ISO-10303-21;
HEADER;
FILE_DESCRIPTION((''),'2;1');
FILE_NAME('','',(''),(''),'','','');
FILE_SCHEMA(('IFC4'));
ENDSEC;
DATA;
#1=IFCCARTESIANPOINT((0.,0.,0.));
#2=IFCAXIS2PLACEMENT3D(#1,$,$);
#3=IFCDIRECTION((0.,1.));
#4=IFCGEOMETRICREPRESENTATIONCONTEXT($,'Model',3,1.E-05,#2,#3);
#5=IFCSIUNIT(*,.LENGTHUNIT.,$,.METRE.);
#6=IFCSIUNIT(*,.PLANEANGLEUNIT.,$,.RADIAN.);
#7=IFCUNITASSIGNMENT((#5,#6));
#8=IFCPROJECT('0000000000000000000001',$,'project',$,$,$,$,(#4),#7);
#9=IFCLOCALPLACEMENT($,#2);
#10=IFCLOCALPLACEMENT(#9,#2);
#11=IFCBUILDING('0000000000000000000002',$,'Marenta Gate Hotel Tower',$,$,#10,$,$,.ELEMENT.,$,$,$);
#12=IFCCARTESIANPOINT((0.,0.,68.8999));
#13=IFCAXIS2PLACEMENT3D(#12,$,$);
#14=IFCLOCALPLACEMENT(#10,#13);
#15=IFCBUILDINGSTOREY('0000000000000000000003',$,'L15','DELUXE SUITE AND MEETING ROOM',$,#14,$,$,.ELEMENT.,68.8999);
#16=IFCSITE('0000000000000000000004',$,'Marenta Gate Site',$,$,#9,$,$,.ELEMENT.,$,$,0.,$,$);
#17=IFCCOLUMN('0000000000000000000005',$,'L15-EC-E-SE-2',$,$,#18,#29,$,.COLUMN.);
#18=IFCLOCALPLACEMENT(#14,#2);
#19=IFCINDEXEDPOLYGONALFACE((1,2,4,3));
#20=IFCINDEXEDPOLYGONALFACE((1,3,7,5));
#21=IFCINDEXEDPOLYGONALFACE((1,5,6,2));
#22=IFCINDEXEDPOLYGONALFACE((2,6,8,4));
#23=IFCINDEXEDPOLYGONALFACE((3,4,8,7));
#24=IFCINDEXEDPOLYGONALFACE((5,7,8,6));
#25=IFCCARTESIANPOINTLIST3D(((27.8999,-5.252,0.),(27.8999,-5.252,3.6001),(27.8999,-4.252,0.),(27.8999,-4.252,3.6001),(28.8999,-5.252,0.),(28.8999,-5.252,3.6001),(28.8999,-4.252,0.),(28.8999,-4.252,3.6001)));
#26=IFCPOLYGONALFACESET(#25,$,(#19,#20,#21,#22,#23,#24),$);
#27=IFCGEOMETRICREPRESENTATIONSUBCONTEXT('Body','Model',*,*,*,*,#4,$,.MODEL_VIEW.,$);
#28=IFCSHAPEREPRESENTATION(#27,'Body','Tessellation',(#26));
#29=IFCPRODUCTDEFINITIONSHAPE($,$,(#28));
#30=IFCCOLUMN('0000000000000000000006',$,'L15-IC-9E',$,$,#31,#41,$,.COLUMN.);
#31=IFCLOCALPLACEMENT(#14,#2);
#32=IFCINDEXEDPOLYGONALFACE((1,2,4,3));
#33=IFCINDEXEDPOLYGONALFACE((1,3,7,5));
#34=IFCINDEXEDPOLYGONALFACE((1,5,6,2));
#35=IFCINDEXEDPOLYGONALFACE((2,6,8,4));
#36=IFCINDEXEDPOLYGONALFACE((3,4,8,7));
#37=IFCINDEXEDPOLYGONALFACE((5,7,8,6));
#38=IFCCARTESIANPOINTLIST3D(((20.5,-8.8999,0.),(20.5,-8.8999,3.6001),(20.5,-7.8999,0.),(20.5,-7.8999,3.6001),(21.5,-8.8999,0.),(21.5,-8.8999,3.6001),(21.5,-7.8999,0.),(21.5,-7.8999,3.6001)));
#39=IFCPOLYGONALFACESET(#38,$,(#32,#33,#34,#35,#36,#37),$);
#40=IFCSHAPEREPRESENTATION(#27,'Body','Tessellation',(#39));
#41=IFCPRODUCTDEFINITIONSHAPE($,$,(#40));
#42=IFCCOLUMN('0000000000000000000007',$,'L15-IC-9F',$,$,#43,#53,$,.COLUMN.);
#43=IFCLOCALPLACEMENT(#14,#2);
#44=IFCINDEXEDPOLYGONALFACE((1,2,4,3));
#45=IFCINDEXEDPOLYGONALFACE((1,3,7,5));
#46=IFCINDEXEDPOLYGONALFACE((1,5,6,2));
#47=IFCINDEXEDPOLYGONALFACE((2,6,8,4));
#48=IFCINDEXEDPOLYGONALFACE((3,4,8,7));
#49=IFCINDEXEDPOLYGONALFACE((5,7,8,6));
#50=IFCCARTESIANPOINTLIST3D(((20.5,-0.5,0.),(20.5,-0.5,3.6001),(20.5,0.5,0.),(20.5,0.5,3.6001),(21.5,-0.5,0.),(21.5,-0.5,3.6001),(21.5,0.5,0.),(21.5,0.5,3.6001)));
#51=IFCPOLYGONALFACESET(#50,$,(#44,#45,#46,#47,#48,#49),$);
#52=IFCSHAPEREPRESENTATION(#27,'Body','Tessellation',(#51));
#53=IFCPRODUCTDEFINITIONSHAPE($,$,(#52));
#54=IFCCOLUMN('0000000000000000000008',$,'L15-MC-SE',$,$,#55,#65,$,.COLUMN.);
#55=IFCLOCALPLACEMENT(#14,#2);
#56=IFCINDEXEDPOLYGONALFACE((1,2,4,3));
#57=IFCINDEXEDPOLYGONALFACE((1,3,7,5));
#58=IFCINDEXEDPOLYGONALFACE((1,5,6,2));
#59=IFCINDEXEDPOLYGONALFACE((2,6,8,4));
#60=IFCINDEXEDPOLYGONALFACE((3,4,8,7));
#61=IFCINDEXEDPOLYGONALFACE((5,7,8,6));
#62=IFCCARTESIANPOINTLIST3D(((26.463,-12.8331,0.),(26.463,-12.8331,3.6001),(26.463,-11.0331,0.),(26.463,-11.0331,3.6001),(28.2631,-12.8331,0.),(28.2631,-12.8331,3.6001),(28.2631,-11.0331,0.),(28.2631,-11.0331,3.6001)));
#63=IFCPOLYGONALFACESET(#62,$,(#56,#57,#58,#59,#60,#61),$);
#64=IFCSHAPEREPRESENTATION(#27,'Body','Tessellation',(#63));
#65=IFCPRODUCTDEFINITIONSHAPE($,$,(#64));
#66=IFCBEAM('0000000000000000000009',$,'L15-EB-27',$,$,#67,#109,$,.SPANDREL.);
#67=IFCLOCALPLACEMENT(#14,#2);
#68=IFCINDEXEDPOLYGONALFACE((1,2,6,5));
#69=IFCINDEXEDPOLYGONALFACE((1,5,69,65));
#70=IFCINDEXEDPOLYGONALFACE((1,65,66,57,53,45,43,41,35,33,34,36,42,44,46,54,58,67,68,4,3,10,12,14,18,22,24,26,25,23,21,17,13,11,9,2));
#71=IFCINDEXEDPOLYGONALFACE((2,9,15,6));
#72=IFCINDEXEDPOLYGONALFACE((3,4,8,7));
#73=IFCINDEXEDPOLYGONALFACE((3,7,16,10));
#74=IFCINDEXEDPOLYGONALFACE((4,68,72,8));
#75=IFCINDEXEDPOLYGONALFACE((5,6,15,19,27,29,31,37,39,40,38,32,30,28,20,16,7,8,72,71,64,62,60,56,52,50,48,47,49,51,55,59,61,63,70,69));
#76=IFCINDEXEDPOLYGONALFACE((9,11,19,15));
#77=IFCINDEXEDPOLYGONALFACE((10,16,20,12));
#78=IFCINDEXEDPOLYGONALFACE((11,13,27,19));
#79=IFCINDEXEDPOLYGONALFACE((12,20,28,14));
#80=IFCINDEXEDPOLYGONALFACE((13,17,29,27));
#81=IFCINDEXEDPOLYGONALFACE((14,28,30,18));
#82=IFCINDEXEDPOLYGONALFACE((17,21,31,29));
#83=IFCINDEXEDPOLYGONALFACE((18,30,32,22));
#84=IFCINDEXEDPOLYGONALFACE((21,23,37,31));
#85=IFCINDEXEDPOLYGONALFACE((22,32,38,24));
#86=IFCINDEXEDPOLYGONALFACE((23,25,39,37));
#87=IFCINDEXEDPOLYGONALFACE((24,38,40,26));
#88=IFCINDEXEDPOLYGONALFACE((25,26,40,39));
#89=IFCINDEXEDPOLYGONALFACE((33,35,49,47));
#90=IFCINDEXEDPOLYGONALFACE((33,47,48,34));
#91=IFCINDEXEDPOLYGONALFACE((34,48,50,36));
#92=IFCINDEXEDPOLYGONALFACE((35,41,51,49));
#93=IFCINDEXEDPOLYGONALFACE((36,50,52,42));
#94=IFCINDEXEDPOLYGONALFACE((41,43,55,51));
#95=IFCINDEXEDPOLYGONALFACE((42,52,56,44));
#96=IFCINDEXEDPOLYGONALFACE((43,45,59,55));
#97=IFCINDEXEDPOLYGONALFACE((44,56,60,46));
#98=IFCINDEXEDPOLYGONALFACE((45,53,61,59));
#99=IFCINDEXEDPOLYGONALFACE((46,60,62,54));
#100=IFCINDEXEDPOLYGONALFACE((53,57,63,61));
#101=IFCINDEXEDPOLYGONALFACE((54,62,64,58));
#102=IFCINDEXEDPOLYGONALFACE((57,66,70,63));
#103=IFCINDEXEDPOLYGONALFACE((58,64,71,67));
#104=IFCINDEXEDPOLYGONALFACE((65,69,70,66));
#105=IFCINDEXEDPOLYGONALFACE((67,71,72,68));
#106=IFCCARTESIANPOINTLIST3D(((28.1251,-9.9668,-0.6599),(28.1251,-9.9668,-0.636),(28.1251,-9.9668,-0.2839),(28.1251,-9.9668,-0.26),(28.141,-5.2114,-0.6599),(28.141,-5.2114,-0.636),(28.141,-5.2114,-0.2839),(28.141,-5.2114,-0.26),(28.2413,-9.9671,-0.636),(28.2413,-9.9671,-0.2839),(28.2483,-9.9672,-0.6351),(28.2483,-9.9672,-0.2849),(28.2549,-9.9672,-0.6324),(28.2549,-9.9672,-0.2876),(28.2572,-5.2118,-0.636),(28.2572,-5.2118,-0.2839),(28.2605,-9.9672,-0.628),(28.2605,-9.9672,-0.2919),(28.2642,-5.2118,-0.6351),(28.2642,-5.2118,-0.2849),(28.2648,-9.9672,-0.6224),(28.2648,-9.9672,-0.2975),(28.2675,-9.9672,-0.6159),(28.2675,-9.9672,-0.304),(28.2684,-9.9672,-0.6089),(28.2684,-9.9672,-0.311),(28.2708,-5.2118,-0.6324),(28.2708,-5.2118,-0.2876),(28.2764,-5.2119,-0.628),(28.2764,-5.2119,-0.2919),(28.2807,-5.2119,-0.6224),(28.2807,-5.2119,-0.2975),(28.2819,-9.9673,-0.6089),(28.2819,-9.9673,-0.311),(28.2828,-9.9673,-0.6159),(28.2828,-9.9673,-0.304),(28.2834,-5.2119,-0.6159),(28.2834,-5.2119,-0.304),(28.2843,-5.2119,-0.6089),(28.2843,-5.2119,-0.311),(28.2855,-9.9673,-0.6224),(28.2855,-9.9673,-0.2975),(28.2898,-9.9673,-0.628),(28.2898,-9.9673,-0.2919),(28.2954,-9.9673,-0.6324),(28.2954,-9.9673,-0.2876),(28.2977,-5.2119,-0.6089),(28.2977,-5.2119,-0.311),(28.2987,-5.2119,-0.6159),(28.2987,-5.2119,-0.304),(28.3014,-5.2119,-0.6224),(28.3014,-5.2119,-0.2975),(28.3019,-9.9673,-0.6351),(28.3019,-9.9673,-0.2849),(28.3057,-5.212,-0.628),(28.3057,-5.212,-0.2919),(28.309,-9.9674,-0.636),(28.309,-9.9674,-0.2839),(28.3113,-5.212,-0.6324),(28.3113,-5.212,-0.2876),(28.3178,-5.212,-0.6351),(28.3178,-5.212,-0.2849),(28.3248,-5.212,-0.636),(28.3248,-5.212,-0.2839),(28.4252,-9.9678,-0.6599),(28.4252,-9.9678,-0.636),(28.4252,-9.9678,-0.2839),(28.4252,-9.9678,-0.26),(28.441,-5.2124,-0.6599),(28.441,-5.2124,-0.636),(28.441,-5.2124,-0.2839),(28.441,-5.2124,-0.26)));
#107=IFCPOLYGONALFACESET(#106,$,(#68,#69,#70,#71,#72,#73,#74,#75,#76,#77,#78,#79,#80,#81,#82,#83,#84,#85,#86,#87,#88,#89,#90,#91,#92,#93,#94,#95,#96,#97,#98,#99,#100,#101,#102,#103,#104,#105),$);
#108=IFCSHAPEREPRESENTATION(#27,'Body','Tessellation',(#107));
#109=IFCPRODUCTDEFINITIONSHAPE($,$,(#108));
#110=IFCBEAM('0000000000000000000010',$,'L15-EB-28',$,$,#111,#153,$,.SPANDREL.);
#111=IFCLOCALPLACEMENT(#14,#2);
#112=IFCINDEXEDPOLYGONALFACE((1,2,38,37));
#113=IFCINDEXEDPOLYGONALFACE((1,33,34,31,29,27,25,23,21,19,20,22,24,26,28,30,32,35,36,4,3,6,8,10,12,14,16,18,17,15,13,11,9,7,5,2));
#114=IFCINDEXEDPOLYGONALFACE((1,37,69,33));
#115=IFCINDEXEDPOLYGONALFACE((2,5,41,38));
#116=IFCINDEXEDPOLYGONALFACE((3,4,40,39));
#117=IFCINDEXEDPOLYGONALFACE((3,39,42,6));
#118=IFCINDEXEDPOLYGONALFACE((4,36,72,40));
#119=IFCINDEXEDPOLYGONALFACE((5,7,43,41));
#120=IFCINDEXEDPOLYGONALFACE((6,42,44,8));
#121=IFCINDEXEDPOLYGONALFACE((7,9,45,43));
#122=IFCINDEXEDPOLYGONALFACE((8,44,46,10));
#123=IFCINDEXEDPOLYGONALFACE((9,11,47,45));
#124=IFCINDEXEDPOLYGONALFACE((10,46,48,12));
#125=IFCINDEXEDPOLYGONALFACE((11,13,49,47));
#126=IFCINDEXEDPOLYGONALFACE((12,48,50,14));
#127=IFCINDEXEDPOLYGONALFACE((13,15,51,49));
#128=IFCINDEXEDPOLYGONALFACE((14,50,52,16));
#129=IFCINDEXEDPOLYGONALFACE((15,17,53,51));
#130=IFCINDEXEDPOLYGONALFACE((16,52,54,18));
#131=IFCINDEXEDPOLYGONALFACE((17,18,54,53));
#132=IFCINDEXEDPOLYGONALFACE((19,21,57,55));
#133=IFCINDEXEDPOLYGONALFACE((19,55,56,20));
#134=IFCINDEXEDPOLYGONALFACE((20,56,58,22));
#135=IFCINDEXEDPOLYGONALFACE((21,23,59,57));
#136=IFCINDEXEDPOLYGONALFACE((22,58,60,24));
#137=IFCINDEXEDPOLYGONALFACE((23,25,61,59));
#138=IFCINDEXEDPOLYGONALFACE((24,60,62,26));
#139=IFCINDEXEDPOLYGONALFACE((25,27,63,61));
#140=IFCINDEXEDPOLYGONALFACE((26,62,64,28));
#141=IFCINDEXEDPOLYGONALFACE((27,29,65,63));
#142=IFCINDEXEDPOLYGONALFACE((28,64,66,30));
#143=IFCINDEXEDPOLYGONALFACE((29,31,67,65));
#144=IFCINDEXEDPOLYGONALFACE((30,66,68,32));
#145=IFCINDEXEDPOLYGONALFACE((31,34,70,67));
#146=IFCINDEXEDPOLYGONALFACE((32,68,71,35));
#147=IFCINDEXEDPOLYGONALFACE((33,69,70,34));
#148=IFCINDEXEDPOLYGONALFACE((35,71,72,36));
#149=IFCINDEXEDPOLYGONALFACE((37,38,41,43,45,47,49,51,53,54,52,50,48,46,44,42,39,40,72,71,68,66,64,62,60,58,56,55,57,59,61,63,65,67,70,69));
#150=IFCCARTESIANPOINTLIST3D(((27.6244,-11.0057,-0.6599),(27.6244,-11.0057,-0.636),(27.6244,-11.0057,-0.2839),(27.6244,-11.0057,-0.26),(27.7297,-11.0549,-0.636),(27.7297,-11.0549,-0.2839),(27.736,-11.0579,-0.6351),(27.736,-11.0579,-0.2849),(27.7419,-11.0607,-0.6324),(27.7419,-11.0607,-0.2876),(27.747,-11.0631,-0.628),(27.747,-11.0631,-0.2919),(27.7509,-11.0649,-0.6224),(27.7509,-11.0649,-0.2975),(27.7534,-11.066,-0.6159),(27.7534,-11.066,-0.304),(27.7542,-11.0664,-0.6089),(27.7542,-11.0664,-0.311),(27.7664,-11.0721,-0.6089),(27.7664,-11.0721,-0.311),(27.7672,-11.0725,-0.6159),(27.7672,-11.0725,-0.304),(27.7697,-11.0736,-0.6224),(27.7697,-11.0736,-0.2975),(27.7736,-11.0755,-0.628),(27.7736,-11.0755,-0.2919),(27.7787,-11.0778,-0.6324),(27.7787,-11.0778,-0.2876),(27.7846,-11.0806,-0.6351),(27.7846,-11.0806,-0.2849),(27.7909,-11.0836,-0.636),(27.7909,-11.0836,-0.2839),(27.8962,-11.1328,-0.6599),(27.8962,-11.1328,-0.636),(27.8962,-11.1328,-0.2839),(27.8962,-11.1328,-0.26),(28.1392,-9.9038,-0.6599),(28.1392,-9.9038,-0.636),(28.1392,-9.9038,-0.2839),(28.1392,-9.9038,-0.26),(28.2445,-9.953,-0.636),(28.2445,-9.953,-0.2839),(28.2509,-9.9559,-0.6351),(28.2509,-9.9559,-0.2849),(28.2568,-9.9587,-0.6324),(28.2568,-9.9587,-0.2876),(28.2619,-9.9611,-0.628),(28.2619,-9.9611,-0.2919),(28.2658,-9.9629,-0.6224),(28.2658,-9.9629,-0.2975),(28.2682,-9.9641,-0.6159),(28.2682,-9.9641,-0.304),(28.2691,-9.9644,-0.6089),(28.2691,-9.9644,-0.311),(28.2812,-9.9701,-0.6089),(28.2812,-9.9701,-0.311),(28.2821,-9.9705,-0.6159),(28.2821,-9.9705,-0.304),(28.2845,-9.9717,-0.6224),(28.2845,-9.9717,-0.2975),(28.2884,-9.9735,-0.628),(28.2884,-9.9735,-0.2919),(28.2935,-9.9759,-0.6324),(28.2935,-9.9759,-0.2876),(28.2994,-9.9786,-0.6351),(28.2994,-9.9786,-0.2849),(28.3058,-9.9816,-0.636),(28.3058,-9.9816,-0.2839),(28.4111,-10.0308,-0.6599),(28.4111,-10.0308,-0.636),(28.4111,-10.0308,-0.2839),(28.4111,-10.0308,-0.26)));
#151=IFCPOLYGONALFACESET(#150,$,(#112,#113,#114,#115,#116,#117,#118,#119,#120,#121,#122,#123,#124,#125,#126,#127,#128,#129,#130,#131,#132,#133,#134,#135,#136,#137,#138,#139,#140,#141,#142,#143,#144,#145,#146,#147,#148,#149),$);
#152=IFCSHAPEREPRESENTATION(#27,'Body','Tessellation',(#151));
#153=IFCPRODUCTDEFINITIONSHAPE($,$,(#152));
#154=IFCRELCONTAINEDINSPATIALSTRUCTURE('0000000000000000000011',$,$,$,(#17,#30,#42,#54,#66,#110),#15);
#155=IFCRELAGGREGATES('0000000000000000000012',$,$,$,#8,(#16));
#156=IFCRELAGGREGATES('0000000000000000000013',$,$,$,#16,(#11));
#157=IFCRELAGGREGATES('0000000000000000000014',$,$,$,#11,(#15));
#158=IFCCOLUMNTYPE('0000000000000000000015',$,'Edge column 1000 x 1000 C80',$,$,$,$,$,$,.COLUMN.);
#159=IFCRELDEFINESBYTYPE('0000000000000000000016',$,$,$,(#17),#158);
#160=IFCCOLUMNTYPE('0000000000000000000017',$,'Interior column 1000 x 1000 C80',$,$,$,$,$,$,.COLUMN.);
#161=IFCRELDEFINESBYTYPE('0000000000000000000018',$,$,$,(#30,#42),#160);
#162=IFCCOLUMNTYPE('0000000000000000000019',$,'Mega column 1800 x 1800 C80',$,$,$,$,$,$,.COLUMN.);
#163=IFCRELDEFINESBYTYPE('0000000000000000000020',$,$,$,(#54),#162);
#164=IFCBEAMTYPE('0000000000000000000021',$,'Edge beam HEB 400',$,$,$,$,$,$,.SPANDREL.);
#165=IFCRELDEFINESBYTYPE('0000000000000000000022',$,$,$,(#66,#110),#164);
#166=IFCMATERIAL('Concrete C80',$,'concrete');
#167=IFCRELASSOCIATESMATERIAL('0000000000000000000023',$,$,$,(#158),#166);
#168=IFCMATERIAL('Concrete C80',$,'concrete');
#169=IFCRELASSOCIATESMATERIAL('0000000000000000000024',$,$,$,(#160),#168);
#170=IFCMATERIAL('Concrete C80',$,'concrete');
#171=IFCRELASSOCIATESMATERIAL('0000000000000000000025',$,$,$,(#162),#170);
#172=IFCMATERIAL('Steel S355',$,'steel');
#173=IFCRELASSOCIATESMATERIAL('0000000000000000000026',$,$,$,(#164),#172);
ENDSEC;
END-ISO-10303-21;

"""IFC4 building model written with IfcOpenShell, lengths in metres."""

from ifc_helpers import new_model, si_unit, direction, frame, origin, origin_2d, place, context, subcontext, project, spatial, rectangle, i_section, extrude, material, material_profile, profile_set, type_object, element, save


model = new_model("IFC4")

# Units and contexts
model_context = context("Model", 3, precision=1e-05, world=origin(), true_north=direction((0.0, 1.0)))
body_context = subcontext(model_context, "Body", "Model", "MODEL_VIEW")
ifc_project = project(units=[si_unit("LENGTHUNIT", "METRE"), si_unit("PLANEANGLEUNIT", "RADIAN")], contexts=[model_context])

# Site, building, storey
site_placement = place(None, origin())
site = spatial("IfcSite", under=ifc_project, at=site_placement, Name="Marenta Gate Site", CompositionType="ELEMENT", RefElevation=0.0)
building_placement = place(site_placement, origin())
building = spatial("IfcBuilding", under=site, at=building_placement, Name="Marenta Gate Hotel Tower", CompositionType="ELEMENT")
storey_placement = place(building_placement, frame((0.0, 0.0, 68.8999)))
storey = spatial("IfcBuildingStorey", under=building, at=storey_placement, Name="L15", Description="DELUXE SUITE AND MEETING ROOM", CompositionType="ELEMENT", Elevation=68.8999)

# Columns
ifc_material_1 = material(Name="Concrete C80", Category="concrete")
ifc_material_profile_1 = material_profile(ifc_material_1, rectangle(XDim=1.0, YDim=1.0, at=origin_2d()), Name="1000 x 1000")
ifc_profile_set_1 = profile_set([ifc_material_profile_1], Name="Concrete C80")
column_type_1 = type_object("IfcColumnType", Name="Edge column 1000 x 1000 C80", PredefinedType="COLUMN", material=ifc_profile_set_1)
column_1_placement = place(storey_placement, frame((28.3999, -4.752, 0.0), z_axis=(0.0, 0.0, 1.0), x_axis=(1.0, 0.0, 0.0)))
element("IfcColumn", 1, at=column_1_placement, inside=storey, type_object=column_type_1, Name="L15-EC-E-SE-2", PredefinedType="COLUMN", context=body_context, shape_type="SweptSolid", body=[
    extrude(rectangle(XDim=1.0, YDim=1.0, at=origin_2d()), origin(), (0.0, 0.0, 1.0), 3.6001),
])
ifc_material_2 = material(Name="Concrete C80", Category="concrete")
ifc_material_profile_2 = material_profile(ifc_material_2, rectangle(XDim=1.0, YDim=1.0, at=origin_2d()), Name="1000 x 1000")
ifc_profile_set_2 = profile_set([ifc_material_profile_2], Name="Concrete C80")
column_type_2 = type_object("IfcColumnType", Name="Interior column 1000 x 1000 C80", PredefinedType="COLUMN", material=ifc_profile_set_2)
for number, where, z_axis, x_axis, name in (
    (2, (21.0, -8.3999, 0.0), (0.0, 0.0, 1.0), (1.0, 0.0, 0.0), "L15-IC-9E"),
    (3, (21.0, 0.0, 0.0), (0.0, 0.0, 1.0), (1.0, 0.0, 0.0), "L15-IC-9F"),
):
    element("IfcColumn", number, at=place(storey_placement, frame(where, z_axis=z_axis, x_axis=x_axis)), inside=storey, type_object=column_type_2, Name=name, PredefinedType="COLUMN", context=body_context, shape_type="SweptSolid", body=[
        extrude(rectangle(XDim=1.0, YDim=1.0, at=origin_2d()), origin(), (0.0, 0.0, 1.0), 3.6001),
    ])
ifc_material_3 = material(Name="Concrete C80", Category="concrete")
ifc_material_profile_3 = material_profile(ifc_material_3, rectangle(XDim=1.8, YDim=1.8, at=origin_2d()), Name="1800 x 1800")
ifc_profile_set_3 = profile_set([ifc_material_profile_3], Name="Concrete C80")
column_type_3 = type_object("IfcColumnType", Name="Mega column 1800 x 1800 C80", PredefinedType="COLUMN", material=ifc_profile_set_3)
column_2_placement = place(storey_placement, frame((27.363, -11.9331, 0.0), z_axis=(0.0, 0.0, 1.0), x_axis=(1.0, 0.0, 0.0)))
element("IfcColumn", 4, at=column_2_placement, inside=storey, type_object=column_type_3, Name="L15-MC-SE", PredefinedType="COLUMN", context=body_context, shape_type="SweptSolid", body=[
    extrude(rectangle(XDim=1.8, YDim=1.8, at=origin_2d()), origin(), (0.0, 0.0, 1.0), 3.6001),
])

# Beams
ifc_material_4 = material(Name="Steel S355", Category="steel")
ifc_material_profile_4 = material_profile(ifc_material_4, i_section(OverallWidth=0.3, OverallDepth=0.3999, WebThickness=0.0134, FlangeThickness=0.0239, FilletRadius=0.0271, at=origin_2d()), Name="HEB 400")
ifc_profile_set_4 = profile_set([ifc_material_profile_4], Name="Steel S355")
beam_type_1 = type_object("IfcBeamType", Name="Edge beam HEB 400", PredefinedType="SPANDREL", material=ifc_profile_set_4)
beam_1_placement = place(storey_placement, frame((28.291, -5.2119, -0.46), z_axis=(-0.003337, -0.999994, 0.0), x_axis=(0.999994, -0.003337, 0.0)))
element("IfcBeam", 5, at=beam_1_placement, inside=storey, type_object=beam_type_1, Name="L15-EB-27", PredefinedType="SPANDREL", context=body_context, shape_type="SweptSolid", body=[
    extrude(i_section(OverallWidth=0.3, OverallDepth=0.3999, WebThickness=0.0134, FlangeThickness=0.0239, FilletRadius=0.0271, at=origin_2d()), origin(), (0.0, 0.0, 1.0), 4.7554),
])
beam_2_placement = place(storey_placement, frame((28.2751, -9.9673, -0.46), z_axis=(-0.423292, -0.905993, 0.0), x_axis=(0.905993, -0.423292, 0.0)))
element("IfcBeam", 6, at=beam_2_placement, inside=storey, type_object=beam_type_1, Name="L15-EB-28", PredefinedType="SPANDREL", context=body_context, shape_type="SweptSolid", body=[
    extrude(i_section(OverallWidth=0.3, OverallDepth=0.3999, WebThickness=0.0134, FlangeThickness=0.0239, FilletRadius=0.0271, at=origin_2d()), origin(), (0.0, 0.0, 1.0), 1.2163),
])

save(model, "model.ifc")
